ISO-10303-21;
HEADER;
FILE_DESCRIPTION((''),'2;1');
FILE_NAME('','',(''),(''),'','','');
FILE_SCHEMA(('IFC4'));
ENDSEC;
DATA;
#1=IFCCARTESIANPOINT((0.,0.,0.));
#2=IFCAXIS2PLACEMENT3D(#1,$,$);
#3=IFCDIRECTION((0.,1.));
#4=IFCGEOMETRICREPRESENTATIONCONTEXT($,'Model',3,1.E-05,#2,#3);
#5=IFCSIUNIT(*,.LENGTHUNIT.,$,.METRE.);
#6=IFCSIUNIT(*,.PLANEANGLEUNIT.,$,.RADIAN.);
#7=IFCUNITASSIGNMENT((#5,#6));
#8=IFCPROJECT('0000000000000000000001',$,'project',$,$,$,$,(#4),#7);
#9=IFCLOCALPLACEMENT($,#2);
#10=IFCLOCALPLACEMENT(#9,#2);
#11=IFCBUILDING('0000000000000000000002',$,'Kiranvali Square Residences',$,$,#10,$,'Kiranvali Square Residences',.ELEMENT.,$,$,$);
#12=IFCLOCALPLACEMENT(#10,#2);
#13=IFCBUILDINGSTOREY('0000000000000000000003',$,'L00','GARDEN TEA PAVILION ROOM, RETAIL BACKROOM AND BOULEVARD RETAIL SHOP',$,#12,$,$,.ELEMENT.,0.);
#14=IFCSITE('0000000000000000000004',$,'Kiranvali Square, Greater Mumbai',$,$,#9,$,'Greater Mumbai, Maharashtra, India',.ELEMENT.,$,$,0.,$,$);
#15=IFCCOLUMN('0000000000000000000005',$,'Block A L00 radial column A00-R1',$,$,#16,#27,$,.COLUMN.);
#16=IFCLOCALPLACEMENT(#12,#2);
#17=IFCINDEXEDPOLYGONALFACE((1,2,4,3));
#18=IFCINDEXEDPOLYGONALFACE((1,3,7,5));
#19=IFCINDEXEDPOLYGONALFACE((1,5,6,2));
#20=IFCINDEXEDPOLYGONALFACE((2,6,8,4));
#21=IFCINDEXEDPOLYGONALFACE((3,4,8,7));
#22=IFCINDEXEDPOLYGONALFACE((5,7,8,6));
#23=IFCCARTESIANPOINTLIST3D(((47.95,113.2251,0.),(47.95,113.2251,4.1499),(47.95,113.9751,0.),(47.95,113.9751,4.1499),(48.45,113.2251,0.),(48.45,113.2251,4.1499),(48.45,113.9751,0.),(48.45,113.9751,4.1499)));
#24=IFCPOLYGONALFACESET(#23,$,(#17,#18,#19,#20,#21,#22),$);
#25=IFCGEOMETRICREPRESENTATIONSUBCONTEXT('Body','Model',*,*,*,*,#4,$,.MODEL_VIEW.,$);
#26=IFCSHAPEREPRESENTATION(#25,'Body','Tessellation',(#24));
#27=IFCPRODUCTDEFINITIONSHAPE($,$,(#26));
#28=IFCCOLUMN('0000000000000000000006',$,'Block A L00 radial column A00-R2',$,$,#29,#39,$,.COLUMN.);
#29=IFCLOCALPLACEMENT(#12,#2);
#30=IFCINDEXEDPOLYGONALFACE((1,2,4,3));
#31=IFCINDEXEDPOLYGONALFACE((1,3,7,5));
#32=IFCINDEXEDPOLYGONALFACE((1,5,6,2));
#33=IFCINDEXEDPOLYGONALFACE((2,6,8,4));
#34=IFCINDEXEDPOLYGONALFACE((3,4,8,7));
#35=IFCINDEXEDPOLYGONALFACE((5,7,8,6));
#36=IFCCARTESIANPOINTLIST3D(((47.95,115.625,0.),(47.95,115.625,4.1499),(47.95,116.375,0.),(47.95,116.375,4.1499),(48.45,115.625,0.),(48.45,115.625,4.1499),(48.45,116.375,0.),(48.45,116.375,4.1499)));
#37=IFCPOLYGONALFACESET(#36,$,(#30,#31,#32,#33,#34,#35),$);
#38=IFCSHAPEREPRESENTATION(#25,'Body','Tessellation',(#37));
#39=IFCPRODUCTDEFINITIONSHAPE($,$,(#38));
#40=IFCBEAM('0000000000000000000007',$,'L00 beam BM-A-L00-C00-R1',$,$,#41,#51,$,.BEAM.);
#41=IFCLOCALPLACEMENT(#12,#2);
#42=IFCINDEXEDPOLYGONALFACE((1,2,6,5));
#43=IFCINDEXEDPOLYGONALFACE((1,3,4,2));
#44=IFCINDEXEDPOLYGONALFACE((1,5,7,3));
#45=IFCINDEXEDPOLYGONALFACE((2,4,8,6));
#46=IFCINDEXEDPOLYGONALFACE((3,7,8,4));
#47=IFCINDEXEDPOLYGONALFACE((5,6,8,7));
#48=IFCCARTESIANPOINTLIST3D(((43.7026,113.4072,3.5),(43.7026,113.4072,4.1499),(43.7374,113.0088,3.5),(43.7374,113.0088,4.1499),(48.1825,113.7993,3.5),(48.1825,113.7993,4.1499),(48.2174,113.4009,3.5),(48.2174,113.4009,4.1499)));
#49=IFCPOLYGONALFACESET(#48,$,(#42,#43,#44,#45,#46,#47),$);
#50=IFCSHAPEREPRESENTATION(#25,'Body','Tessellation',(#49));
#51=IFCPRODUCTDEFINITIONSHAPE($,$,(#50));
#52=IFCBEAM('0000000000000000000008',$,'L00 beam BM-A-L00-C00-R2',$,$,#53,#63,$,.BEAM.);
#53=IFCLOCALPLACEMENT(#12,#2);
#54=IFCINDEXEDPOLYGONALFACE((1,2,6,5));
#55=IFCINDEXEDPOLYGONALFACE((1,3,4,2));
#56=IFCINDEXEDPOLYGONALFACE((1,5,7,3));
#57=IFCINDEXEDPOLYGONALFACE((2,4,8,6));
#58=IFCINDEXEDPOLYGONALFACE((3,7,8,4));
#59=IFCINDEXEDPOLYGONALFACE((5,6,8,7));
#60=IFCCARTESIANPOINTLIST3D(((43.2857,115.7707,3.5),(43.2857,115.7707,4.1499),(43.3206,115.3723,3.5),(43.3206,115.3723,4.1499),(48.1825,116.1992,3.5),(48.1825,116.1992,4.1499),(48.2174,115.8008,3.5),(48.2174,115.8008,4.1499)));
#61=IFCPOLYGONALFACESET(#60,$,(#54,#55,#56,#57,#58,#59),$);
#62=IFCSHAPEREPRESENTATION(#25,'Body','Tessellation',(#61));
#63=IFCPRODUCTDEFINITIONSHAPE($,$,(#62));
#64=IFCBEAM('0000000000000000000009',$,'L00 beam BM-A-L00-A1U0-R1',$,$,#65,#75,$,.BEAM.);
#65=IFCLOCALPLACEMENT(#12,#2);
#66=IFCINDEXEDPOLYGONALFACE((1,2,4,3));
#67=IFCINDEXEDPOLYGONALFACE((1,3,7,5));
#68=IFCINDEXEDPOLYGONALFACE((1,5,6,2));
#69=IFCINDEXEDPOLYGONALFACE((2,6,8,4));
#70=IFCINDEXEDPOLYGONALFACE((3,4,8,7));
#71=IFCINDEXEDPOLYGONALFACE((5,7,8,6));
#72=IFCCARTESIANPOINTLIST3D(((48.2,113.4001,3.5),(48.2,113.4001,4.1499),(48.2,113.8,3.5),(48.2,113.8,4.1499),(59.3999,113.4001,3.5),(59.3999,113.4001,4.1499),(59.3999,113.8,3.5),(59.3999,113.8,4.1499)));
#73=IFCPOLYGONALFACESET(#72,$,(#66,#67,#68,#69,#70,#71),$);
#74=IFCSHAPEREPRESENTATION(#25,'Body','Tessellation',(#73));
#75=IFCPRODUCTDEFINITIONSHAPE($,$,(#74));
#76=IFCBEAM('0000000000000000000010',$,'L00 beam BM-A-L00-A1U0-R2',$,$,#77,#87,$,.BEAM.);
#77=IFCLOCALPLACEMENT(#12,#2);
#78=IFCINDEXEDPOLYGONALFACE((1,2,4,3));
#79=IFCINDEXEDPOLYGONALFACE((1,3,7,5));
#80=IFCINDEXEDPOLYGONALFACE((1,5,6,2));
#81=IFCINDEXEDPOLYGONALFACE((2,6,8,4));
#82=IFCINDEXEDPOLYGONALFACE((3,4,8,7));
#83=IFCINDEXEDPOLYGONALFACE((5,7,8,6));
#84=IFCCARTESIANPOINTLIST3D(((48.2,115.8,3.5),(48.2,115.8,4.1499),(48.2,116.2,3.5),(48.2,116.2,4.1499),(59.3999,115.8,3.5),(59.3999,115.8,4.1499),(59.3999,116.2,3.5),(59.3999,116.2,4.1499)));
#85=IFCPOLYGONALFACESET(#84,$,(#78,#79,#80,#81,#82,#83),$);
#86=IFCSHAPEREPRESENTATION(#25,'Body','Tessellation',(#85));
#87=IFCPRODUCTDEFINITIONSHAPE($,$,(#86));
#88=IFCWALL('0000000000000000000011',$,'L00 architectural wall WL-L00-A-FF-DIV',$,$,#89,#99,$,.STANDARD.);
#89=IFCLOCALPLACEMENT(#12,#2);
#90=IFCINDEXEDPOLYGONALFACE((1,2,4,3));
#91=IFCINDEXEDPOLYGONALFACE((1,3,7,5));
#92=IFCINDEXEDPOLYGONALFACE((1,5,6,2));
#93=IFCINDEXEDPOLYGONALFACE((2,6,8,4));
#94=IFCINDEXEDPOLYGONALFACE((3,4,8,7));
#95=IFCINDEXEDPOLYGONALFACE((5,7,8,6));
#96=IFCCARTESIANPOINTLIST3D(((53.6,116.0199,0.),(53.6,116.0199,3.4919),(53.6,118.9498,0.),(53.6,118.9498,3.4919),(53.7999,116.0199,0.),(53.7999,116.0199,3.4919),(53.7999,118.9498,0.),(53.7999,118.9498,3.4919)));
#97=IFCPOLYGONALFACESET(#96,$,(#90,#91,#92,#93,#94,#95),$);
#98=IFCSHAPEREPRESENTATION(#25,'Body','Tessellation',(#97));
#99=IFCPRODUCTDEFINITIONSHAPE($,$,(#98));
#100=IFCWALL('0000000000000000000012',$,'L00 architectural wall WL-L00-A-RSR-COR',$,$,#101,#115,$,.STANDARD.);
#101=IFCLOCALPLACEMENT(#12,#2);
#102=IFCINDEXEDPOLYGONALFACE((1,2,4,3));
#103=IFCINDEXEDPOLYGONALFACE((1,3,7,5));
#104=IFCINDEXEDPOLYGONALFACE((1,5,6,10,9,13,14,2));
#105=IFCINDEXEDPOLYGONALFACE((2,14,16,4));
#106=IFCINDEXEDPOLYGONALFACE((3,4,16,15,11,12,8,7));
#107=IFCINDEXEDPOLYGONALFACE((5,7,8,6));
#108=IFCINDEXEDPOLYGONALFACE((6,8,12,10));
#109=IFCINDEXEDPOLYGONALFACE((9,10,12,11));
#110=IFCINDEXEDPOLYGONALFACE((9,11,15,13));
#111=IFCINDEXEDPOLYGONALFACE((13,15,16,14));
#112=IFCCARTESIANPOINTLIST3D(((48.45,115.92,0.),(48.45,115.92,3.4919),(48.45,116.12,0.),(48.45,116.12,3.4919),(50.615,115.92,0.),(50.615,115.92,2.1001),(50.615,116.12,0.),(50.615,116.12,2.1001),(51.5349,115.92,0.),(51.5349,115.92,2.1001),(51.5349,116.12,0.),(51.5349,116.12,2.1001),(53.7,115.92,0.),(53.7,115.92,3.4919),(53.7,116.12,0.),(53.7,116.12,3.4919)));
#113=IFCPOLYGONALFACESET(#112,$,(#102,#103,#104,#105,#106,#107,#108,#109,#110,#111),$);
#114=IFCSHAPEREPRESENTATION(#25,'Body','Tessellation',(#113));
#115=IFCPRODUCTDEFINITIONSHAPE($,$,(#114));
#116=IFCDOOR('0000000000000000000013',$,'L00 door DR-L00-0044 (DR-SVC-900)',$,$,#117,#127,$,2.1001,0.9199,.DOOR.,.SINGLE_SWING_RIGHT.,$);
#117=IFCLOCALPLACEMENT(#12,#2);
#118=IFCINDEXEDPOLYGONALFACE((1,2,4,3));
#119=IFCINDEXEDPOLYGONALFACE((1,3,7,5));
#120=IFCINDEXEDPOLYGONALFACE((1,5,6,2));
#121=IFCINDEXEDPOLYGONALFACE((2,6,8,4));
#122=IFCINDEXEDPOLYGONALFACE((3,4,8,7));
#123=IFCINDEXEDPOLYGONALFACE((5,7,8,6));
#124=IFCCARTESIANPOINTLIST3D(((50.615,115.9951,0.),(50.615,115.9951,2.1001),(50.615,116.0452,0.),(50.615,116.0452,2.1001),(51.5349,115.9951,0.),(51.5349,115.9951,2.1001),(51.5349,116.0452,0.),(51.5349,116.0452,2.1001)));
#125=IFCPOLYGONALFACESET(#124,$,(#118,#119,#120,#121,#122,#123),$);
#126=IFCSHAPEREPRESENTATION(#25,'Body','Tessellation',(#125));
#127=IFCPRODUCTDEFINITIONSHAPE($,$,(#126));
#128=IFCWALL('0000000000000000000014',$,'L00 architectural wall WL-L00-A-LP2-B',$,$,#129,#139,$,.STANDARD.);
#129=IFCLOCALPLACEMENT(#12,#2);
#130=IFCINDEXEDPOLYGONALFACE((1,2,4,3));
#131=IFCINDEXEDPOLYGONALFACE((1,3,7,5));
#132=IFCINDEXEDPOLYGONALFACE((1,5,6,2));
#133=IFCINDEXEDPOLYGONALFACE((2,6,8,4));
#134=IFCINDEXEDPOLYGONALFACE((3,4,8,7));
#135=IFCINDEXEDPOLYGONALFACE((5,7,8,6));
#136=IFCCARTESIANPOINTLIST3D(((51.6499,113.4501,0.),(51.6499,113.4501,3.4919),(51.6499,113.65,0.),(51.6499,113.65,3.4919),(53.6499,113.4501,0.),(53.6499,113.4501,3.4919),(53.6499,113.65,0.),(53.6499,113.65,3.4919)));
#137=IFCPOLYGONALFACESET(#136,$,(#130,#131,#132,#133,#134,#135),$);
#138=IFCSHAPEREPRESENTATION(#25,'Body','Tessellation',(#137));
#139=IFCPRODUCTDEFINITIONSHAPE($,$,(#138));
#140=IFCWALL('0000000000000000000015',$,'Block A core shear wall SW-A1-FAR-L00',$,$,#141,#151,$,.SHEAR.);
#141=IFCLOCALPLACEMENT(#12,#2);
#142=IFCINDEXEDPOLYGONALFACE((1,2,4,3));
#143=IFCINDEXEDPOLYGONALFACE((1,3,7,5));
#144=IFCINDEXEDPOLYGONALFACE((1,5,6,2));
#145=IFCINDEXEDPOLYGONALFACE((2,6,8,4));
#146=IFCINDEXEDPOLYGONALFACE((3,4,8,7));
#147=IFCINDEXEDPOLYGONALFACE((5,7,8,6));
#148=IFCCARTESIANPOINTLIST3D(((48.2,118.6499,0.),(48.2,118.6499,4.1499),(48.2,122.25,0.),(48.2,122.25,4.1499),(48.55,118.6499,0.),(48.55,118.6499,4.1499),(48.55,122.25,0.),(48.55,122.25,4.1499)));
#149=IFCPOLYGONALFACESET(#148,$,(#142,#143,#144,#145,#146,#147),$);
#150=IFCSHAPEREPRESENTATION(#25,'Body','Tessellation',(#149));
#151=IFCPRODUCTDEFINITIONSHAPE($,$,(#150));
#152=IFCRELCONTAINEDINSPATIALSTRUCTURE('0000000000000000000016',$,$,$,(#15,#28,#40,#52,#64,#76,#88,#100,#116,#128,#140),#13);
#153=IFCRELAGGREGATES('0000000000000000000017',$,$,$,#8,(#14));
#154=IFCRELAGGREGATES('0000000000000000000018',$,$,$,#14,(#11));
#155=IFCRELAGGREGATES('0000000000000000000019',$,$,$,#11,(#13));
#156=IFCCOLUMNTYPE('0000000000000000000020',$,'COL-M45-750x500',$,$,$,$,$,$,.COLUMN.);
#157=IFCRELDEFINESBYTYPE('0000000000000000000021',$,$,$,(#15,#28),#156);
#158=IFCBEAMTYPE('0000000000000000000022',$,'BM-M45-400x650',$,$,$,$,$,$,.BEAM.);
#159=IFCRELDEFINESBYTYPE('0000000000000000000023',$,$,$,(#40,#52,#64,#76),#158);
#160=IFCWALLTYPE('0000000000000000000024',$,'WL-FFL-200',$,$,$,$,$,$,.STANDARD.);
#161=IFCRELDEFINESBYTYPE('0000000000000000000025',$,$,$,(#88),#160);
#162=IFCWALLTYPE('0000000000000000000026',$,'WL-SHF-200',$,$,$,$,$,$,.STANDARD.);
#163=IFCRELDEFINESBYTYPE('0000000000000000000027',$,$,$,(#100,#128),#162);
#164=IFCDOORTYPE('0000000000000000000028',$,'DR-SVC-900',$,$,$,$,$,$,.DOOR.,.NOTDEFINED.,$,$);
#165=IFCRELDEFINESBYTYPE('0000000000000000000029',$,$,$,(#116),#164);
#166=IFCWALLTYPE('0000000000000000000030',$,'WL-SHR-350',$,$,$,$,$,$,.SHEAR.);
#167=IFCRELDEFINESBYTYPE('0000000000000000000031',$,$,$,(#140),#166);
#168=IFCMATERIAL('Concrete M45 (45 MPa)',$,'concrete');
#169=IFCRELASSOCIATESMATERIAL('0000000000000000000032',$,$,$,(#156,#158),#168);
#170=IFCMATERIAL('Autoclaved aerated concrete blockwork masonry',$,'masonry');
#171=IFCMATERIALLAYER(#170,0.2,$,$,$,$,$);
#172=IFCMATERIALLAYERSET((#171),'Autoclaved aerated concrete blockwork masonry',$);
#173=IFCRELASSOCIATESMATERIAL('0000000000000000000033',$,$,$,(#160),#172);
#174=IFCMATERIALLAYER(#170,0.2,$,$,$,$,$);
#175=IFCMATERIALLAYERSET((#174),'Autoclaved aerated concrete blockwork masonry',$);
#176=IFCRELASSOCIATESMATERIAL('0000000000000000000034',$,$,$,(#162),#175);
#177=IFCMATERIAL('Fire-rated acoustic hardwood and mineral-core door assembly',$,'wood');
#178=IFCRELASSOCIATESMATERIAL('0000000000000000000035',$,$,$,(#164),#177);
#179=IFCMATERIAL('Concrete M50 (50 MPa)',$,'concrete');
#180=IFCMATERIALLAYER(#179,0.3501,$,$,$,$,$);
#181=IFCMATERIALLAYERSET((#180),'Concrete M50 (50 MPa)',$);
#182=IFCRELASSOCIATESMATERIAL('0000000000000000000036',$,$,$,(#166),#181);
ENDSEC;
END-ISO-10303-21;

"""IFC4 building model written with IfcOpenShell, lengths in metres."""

from ifc_helpers import new_model, si_unit, direction, frame, frame_2d, origin, origin_2d, place, context, subcontext, project, spatial, rectangle, extrude, material, layer, layer_set, material_profile, profile_set, type_object, element, fill, save


model = new_model("IFC4")

# Units and contexts
model_context = context("Model", 3, precision=1e-05, world=origin(), true_north=direction((0.0, 1.0)))
body_context = subcontext(model_context, "Body", "Model", "MODEL_VIEW")
ifc_project = project(units=[si_unit("LENGTHUNIT", "METRE"), si_unit("PLANEANGLEUNIT", "RADIAN")], contexts=[model_context])

# Site, building, storey
site_placement = place(None, origin())
site = spatial("IfcSite", under=ifc_project, at=site_placement, Name="Kiranvali Square, Greater Mumbai", LongName="Greater Mumbai, Maharashtra, India", CompositionType="ELEMENT", RefElevation=0.0)
building_placement = place(site_placement, origin())
building = spatial("IfcBuilding", under=site, at=building_placement, Name="Kiranvali Square Residences", LongName="Kiranvali Square Residences", CompositionType="ELEMENT")
storey_placement = place(building_placement, origin())
storey = spatial("IfcBuildingStorey", under=building, at=storey_placement, Name="L00", Description="GARDEN TEA PAVILION ROOM, RETAIL BACKROOM AND BOULEVARD RETAIL SHOP", CompositionType="ELEMENT", Elevation=0.0)

# Columns
ifc_material_1 = material(Name="Concrete M45 (45 MPa)", Category="concrete")
ifc_material_profile_1 = material_profile(ifc_material_1, rectangle(XDim=0.5, YDim=0.75, at=origin_2d()), Name="RC 750x500")
ifc_profile_set_1 = profile_set([ifc_material_profile_1], Name="Concrete M45 (45 MPa)")
column_type = type_object("IfcColumnType", Name="COL-M45-750x500", PredefinedType="COLUMN", material=ifc_profile_set_1)
for number, where, z_axis, x_axis, name in (
    (1, (48.2, 113.6001, 0.0), (0.0, 0.0, 1.0), (1.0, 0.0, 0.0), "Block A L00 radial column A00-R1"),
    (2, (48.2, 116.0, 0.0), (0.0, 0.0, 1.0), (1.0, 0.0, 0.0), "Block A L00 radial column A00-R2"),
):
    element("IfcColumn", number, at=place(storey_placement, frame(where, z_axis=z_axis, x_axis=x_axis)), inside=storey, type_object=column_type, Name=name, PredefinedType="COLUMN", context=body_context, shape_type="SweptSolid", body=[
        extrude(rectangle(XDim=0.5, YDim=0.75, at=origin_2d()), origin(), (0.0, 0.0, 1.0), 4.1499),
    ])

# Beams
ifc_material_profile_2 = material_profile(ifc_material_1, rectangle(XDim=0.3999, YDim=0.6499, at=origin_2d()), Name="RC 400x650")
ifc_profile_set_2 = profile_set([ifc_material_profile_2], Name="Concrete M45 (45 MPa)")
beam_type = type_object("IfcBeamType", Name="BM-M45-400x650", PredefinedType="BEAM", material=ifc_profile_set_2)
beam_1_placement = place(storey_placement, frame((48.2, 113.6001, 3.825), z_axis=(-0.996192, -0.087187, 0.0), x_axis=(0.087187, -0.996192, 0.0)))
element("IfcBeam", 3, at=beam_1_placement, inside=storey, type_object=beam_type, Name="L00 beam BM-A-L00-C00-R1", PredefinedType="BEAM", context=body_context, shape_type="SweptSolid", body=[
    extrude(rectangle(XDim=0.3999, YDim=0.6499, at=origin_2d()), origin(), (0.0, 0.0, 1.0), 4.4971),
])
beam_2_placement = place(storey_placement, frame((48.2, 116.0, 3.825), z_axis=(-0.996194, -0.087168, 0.0), x_axis=(0.087168, -0.996194, 0.0)))
element("IfcBeam", 4, at=beam_2_placement, inside=storey, type_object=beam_type, Name="L00 beam BM-A-L00-C00-R2", PredefinedType="BEAM", context=body_context, shape_type="SweptSolid", body=[
    extrude(rectangle(XDim=0.3999, YDim=0.6499, at=origin_2d()), origin(), (0.0, 0.0, 1.0), 4.9155),
])
for number, where, z_axis, x_axis, name in (
    (5, (48.2, 113.6001, 3.825), (1.0, 0.0, 0.0), (0.0, 1.0, 0.0), "L00 beam BM-A-L00-A1U0-R1"),
    (6, (48.2, 116.0, 3.825), (1.0, 0.0, 0.0), (0.0, 1.0, 0.0), "L00 beam BM-A-L00-A1U0-R2"),
):
    element("IfcBeam", number, at=place(storey_placement, frame(where, z_axis=z_axis, x_axis=x_axis)), inside=storey, type_object=beam_type, Name=name, PredefinedType="BEAM", context=body_context, shape_type="SweptSolid", body=[
        extrude(rectangle(XDim=0.3999, YDim=0.6499, at=origin_2d()), origin(), (0.0, 0.0, 1.0), 11.2),
    ])

# Shared definitions
ifc_material_2 = material(Name="Autoclaved aerated concrete blockwork masonry", Category="masonry")
ifc_material_3 = material(Name="Fire-rated acoustic hardwood and mineral-core door assembly", Category="wood")
ifc_layer_1 = layer(ifc_material_2, 0.2)
ifc_layer_set_1 = layer_set([ifc_layer_1], Name="Autoclaved aerated concrete blockwork masonry")
wall_type_1 = type_object("IfcWallType", Name="WL-FFL-200", PredefinedType="STANDARD", material=ifc_layer_set_1)

# Wall
wall_1_placement = place(storey_placement, frame((53.7, 116.02, 0.0), z_axis=(0.0, 0.0, 1.0), x_axis=(0.0, 1.0, 0.0)))
element("IfcWall", 7, at=wall_1_placement, inside=storey, type_object=wall_type_1, Name="L00 architectural wall WL-L00-A-FF-DIV", PredefinedType="STANDARD", context=body_context, shape_type="SweptSolid", body=[
    extrude(rectangle(XDim=2.9299, YDim=0.2, at=frame_2d((1.4648, 0.0))), origin(), (0.0, 0.0, 1.0), 3.4919),
])

# Wall, opening, door
ifc_layer_2 = layer(ifc_material_2, 0.2)
ifc_layer_set_2 = layer_set([ifc_layer_2], Name="Autoclaved aerated concrete blockwork masonry")
wall_type_2 = type_object("IfcWallType", Name="WL-SHF-200", PredefinedType="STANDARD", material=ifc_layer_set_2)
wall_2_placement = place(storey_placement, frame((48.45, 116.02, 0.0), z_axis=(0.0, 0.0, 1.0), x_axis=(1.0, 0.0, 0.0)))
wall_2 = element("IfcWall", 8, at=wall_2_placement, inside=storey, type_object=wall_type_2, Name="L00 architectural wall WL-L00-A-RSR-COR", PredefinedType="STANDARD", context=body_context, shape_type="SweptSolid", body=[
    extrude(rectangle(XDim=5.25, YDim=0.2, at=frame_2d((2.625, 0.0))), origin(), (0.0, 0.0, 1.0), 3.4919),
])
opening_1_placement = place(wall_2_placement, frame((2.165, 0.0, 0.0)))
opening_1 = element("IfcOpeningElement", 9, at=opening_1_placement, cuts=wall_2, PredefinedType="OPENING", context=body_context, shape_type="SweptSolid", body=[
    extrude(rectangle(XDim=0.9199, YDim=2.1001, at=frame_2d((0.46, 1.05))), frame((0.0, 0.1099, 0.0), z_axis=(0.0, -1.0, 0.0), x_axis=(1.0, 0.0, 0.0)), (0.0, 0.0, 1.0), 0.22),
])
door_type_1 = type_object("IfcDoorType", Name="DR-SVC-900", OperationType="NOTDEFINED", PredefinedType="DOOR", material=ifc_material_3)
door_1_placement = place(opening_1_placement, frame((0.9199, 0.0, 0.0), z_axis=(0.0, 0.0, 1.0), x_axis=(-1.0, 0.0, 0.0)))
door_1 = element("IfcDoor", 10, at=door_1_placement, inside=storey, type_object=door_type_1, Name="L00 door DR-L00-0044 (DR-SVC-900)", OperationType="SINGLE_SWING_RIGHT", OverallHeight=2.1001, OverallWidth=0.9199, PredefinedType="DOOR", context=body_context, shape_type="SweptSolid", body=[
    extrude(rectangle(XDim=0.9199, YDim=2.1001, at=frame_2d((0.46, 1.05))), frame((0.0, 0.0249, 0.0), z_axis=(0.0, -1.0, 0.0), x_axis=(1.0, 0.0, 0.0)), (0.0, 0.0, 1.0), 0.05),
])
fill(opening_1, door_1)

# Wall
wall_3_placement = place(storey_placement, frame((51.6499, 113.55, 0.0), z_axis=(0.0, 0.0, 1.0), x_axis=(1.0, 0.0, 0.0)))
element("IfcWall", 11, at=wall_3_placement, inside=storey, type_object=wall_type_2, Name="L00 architectural wall WL-L00-A-LP2-B", PredefinedType="STANDARD", context=body_context, shape_type="SweptSolid", body=[
    extrude(rectangle(XDim=2.0, YDim=0.2, at=frame_2d((1.0, 0.0))), origin(), (0.0, 0.0, 1.0), 3.4919),
])

# Shared definitions
ifc_material_4 = material(Name="Concrete M50 (50 MPa)", Category="concrete")
ifc_layer_3 = layer(ifc_material_4, 0.3501)
ifc_layer_set_3 = layer_set([ifc_layer_3], Name="Concrete M50 (50 MPa)")
wall_type_3 = type_object("IfcWallType", Name="WL-SHR-350", PredefinedType="SHEAR", material=ifc_layer_set_3)

# Wall
wall_4_placement = place(storey_placement, frame((48.375, 118.6499, 0.0), z_axis=(0.0, 0.0, 1.0), x_axis=(0.0, 1.0, 0.0)))
element("IfcWall", 12, at=wall_4_placement, inside=storey, type_object=wall_type_3, Name="Block A core shear wall SW-A1-FAR-L00", PredefinedType="SHEAR", context=body_context, shape_type="SweptSolid", body=[
    extrude(rectangle(XDim=3.6001, YDim=0.3501, at=frame_2d((1.8, 0.0))), origin(), (0.0, 0.0, 1.0), 4.1499),
])

save(model, "model.ifc")
